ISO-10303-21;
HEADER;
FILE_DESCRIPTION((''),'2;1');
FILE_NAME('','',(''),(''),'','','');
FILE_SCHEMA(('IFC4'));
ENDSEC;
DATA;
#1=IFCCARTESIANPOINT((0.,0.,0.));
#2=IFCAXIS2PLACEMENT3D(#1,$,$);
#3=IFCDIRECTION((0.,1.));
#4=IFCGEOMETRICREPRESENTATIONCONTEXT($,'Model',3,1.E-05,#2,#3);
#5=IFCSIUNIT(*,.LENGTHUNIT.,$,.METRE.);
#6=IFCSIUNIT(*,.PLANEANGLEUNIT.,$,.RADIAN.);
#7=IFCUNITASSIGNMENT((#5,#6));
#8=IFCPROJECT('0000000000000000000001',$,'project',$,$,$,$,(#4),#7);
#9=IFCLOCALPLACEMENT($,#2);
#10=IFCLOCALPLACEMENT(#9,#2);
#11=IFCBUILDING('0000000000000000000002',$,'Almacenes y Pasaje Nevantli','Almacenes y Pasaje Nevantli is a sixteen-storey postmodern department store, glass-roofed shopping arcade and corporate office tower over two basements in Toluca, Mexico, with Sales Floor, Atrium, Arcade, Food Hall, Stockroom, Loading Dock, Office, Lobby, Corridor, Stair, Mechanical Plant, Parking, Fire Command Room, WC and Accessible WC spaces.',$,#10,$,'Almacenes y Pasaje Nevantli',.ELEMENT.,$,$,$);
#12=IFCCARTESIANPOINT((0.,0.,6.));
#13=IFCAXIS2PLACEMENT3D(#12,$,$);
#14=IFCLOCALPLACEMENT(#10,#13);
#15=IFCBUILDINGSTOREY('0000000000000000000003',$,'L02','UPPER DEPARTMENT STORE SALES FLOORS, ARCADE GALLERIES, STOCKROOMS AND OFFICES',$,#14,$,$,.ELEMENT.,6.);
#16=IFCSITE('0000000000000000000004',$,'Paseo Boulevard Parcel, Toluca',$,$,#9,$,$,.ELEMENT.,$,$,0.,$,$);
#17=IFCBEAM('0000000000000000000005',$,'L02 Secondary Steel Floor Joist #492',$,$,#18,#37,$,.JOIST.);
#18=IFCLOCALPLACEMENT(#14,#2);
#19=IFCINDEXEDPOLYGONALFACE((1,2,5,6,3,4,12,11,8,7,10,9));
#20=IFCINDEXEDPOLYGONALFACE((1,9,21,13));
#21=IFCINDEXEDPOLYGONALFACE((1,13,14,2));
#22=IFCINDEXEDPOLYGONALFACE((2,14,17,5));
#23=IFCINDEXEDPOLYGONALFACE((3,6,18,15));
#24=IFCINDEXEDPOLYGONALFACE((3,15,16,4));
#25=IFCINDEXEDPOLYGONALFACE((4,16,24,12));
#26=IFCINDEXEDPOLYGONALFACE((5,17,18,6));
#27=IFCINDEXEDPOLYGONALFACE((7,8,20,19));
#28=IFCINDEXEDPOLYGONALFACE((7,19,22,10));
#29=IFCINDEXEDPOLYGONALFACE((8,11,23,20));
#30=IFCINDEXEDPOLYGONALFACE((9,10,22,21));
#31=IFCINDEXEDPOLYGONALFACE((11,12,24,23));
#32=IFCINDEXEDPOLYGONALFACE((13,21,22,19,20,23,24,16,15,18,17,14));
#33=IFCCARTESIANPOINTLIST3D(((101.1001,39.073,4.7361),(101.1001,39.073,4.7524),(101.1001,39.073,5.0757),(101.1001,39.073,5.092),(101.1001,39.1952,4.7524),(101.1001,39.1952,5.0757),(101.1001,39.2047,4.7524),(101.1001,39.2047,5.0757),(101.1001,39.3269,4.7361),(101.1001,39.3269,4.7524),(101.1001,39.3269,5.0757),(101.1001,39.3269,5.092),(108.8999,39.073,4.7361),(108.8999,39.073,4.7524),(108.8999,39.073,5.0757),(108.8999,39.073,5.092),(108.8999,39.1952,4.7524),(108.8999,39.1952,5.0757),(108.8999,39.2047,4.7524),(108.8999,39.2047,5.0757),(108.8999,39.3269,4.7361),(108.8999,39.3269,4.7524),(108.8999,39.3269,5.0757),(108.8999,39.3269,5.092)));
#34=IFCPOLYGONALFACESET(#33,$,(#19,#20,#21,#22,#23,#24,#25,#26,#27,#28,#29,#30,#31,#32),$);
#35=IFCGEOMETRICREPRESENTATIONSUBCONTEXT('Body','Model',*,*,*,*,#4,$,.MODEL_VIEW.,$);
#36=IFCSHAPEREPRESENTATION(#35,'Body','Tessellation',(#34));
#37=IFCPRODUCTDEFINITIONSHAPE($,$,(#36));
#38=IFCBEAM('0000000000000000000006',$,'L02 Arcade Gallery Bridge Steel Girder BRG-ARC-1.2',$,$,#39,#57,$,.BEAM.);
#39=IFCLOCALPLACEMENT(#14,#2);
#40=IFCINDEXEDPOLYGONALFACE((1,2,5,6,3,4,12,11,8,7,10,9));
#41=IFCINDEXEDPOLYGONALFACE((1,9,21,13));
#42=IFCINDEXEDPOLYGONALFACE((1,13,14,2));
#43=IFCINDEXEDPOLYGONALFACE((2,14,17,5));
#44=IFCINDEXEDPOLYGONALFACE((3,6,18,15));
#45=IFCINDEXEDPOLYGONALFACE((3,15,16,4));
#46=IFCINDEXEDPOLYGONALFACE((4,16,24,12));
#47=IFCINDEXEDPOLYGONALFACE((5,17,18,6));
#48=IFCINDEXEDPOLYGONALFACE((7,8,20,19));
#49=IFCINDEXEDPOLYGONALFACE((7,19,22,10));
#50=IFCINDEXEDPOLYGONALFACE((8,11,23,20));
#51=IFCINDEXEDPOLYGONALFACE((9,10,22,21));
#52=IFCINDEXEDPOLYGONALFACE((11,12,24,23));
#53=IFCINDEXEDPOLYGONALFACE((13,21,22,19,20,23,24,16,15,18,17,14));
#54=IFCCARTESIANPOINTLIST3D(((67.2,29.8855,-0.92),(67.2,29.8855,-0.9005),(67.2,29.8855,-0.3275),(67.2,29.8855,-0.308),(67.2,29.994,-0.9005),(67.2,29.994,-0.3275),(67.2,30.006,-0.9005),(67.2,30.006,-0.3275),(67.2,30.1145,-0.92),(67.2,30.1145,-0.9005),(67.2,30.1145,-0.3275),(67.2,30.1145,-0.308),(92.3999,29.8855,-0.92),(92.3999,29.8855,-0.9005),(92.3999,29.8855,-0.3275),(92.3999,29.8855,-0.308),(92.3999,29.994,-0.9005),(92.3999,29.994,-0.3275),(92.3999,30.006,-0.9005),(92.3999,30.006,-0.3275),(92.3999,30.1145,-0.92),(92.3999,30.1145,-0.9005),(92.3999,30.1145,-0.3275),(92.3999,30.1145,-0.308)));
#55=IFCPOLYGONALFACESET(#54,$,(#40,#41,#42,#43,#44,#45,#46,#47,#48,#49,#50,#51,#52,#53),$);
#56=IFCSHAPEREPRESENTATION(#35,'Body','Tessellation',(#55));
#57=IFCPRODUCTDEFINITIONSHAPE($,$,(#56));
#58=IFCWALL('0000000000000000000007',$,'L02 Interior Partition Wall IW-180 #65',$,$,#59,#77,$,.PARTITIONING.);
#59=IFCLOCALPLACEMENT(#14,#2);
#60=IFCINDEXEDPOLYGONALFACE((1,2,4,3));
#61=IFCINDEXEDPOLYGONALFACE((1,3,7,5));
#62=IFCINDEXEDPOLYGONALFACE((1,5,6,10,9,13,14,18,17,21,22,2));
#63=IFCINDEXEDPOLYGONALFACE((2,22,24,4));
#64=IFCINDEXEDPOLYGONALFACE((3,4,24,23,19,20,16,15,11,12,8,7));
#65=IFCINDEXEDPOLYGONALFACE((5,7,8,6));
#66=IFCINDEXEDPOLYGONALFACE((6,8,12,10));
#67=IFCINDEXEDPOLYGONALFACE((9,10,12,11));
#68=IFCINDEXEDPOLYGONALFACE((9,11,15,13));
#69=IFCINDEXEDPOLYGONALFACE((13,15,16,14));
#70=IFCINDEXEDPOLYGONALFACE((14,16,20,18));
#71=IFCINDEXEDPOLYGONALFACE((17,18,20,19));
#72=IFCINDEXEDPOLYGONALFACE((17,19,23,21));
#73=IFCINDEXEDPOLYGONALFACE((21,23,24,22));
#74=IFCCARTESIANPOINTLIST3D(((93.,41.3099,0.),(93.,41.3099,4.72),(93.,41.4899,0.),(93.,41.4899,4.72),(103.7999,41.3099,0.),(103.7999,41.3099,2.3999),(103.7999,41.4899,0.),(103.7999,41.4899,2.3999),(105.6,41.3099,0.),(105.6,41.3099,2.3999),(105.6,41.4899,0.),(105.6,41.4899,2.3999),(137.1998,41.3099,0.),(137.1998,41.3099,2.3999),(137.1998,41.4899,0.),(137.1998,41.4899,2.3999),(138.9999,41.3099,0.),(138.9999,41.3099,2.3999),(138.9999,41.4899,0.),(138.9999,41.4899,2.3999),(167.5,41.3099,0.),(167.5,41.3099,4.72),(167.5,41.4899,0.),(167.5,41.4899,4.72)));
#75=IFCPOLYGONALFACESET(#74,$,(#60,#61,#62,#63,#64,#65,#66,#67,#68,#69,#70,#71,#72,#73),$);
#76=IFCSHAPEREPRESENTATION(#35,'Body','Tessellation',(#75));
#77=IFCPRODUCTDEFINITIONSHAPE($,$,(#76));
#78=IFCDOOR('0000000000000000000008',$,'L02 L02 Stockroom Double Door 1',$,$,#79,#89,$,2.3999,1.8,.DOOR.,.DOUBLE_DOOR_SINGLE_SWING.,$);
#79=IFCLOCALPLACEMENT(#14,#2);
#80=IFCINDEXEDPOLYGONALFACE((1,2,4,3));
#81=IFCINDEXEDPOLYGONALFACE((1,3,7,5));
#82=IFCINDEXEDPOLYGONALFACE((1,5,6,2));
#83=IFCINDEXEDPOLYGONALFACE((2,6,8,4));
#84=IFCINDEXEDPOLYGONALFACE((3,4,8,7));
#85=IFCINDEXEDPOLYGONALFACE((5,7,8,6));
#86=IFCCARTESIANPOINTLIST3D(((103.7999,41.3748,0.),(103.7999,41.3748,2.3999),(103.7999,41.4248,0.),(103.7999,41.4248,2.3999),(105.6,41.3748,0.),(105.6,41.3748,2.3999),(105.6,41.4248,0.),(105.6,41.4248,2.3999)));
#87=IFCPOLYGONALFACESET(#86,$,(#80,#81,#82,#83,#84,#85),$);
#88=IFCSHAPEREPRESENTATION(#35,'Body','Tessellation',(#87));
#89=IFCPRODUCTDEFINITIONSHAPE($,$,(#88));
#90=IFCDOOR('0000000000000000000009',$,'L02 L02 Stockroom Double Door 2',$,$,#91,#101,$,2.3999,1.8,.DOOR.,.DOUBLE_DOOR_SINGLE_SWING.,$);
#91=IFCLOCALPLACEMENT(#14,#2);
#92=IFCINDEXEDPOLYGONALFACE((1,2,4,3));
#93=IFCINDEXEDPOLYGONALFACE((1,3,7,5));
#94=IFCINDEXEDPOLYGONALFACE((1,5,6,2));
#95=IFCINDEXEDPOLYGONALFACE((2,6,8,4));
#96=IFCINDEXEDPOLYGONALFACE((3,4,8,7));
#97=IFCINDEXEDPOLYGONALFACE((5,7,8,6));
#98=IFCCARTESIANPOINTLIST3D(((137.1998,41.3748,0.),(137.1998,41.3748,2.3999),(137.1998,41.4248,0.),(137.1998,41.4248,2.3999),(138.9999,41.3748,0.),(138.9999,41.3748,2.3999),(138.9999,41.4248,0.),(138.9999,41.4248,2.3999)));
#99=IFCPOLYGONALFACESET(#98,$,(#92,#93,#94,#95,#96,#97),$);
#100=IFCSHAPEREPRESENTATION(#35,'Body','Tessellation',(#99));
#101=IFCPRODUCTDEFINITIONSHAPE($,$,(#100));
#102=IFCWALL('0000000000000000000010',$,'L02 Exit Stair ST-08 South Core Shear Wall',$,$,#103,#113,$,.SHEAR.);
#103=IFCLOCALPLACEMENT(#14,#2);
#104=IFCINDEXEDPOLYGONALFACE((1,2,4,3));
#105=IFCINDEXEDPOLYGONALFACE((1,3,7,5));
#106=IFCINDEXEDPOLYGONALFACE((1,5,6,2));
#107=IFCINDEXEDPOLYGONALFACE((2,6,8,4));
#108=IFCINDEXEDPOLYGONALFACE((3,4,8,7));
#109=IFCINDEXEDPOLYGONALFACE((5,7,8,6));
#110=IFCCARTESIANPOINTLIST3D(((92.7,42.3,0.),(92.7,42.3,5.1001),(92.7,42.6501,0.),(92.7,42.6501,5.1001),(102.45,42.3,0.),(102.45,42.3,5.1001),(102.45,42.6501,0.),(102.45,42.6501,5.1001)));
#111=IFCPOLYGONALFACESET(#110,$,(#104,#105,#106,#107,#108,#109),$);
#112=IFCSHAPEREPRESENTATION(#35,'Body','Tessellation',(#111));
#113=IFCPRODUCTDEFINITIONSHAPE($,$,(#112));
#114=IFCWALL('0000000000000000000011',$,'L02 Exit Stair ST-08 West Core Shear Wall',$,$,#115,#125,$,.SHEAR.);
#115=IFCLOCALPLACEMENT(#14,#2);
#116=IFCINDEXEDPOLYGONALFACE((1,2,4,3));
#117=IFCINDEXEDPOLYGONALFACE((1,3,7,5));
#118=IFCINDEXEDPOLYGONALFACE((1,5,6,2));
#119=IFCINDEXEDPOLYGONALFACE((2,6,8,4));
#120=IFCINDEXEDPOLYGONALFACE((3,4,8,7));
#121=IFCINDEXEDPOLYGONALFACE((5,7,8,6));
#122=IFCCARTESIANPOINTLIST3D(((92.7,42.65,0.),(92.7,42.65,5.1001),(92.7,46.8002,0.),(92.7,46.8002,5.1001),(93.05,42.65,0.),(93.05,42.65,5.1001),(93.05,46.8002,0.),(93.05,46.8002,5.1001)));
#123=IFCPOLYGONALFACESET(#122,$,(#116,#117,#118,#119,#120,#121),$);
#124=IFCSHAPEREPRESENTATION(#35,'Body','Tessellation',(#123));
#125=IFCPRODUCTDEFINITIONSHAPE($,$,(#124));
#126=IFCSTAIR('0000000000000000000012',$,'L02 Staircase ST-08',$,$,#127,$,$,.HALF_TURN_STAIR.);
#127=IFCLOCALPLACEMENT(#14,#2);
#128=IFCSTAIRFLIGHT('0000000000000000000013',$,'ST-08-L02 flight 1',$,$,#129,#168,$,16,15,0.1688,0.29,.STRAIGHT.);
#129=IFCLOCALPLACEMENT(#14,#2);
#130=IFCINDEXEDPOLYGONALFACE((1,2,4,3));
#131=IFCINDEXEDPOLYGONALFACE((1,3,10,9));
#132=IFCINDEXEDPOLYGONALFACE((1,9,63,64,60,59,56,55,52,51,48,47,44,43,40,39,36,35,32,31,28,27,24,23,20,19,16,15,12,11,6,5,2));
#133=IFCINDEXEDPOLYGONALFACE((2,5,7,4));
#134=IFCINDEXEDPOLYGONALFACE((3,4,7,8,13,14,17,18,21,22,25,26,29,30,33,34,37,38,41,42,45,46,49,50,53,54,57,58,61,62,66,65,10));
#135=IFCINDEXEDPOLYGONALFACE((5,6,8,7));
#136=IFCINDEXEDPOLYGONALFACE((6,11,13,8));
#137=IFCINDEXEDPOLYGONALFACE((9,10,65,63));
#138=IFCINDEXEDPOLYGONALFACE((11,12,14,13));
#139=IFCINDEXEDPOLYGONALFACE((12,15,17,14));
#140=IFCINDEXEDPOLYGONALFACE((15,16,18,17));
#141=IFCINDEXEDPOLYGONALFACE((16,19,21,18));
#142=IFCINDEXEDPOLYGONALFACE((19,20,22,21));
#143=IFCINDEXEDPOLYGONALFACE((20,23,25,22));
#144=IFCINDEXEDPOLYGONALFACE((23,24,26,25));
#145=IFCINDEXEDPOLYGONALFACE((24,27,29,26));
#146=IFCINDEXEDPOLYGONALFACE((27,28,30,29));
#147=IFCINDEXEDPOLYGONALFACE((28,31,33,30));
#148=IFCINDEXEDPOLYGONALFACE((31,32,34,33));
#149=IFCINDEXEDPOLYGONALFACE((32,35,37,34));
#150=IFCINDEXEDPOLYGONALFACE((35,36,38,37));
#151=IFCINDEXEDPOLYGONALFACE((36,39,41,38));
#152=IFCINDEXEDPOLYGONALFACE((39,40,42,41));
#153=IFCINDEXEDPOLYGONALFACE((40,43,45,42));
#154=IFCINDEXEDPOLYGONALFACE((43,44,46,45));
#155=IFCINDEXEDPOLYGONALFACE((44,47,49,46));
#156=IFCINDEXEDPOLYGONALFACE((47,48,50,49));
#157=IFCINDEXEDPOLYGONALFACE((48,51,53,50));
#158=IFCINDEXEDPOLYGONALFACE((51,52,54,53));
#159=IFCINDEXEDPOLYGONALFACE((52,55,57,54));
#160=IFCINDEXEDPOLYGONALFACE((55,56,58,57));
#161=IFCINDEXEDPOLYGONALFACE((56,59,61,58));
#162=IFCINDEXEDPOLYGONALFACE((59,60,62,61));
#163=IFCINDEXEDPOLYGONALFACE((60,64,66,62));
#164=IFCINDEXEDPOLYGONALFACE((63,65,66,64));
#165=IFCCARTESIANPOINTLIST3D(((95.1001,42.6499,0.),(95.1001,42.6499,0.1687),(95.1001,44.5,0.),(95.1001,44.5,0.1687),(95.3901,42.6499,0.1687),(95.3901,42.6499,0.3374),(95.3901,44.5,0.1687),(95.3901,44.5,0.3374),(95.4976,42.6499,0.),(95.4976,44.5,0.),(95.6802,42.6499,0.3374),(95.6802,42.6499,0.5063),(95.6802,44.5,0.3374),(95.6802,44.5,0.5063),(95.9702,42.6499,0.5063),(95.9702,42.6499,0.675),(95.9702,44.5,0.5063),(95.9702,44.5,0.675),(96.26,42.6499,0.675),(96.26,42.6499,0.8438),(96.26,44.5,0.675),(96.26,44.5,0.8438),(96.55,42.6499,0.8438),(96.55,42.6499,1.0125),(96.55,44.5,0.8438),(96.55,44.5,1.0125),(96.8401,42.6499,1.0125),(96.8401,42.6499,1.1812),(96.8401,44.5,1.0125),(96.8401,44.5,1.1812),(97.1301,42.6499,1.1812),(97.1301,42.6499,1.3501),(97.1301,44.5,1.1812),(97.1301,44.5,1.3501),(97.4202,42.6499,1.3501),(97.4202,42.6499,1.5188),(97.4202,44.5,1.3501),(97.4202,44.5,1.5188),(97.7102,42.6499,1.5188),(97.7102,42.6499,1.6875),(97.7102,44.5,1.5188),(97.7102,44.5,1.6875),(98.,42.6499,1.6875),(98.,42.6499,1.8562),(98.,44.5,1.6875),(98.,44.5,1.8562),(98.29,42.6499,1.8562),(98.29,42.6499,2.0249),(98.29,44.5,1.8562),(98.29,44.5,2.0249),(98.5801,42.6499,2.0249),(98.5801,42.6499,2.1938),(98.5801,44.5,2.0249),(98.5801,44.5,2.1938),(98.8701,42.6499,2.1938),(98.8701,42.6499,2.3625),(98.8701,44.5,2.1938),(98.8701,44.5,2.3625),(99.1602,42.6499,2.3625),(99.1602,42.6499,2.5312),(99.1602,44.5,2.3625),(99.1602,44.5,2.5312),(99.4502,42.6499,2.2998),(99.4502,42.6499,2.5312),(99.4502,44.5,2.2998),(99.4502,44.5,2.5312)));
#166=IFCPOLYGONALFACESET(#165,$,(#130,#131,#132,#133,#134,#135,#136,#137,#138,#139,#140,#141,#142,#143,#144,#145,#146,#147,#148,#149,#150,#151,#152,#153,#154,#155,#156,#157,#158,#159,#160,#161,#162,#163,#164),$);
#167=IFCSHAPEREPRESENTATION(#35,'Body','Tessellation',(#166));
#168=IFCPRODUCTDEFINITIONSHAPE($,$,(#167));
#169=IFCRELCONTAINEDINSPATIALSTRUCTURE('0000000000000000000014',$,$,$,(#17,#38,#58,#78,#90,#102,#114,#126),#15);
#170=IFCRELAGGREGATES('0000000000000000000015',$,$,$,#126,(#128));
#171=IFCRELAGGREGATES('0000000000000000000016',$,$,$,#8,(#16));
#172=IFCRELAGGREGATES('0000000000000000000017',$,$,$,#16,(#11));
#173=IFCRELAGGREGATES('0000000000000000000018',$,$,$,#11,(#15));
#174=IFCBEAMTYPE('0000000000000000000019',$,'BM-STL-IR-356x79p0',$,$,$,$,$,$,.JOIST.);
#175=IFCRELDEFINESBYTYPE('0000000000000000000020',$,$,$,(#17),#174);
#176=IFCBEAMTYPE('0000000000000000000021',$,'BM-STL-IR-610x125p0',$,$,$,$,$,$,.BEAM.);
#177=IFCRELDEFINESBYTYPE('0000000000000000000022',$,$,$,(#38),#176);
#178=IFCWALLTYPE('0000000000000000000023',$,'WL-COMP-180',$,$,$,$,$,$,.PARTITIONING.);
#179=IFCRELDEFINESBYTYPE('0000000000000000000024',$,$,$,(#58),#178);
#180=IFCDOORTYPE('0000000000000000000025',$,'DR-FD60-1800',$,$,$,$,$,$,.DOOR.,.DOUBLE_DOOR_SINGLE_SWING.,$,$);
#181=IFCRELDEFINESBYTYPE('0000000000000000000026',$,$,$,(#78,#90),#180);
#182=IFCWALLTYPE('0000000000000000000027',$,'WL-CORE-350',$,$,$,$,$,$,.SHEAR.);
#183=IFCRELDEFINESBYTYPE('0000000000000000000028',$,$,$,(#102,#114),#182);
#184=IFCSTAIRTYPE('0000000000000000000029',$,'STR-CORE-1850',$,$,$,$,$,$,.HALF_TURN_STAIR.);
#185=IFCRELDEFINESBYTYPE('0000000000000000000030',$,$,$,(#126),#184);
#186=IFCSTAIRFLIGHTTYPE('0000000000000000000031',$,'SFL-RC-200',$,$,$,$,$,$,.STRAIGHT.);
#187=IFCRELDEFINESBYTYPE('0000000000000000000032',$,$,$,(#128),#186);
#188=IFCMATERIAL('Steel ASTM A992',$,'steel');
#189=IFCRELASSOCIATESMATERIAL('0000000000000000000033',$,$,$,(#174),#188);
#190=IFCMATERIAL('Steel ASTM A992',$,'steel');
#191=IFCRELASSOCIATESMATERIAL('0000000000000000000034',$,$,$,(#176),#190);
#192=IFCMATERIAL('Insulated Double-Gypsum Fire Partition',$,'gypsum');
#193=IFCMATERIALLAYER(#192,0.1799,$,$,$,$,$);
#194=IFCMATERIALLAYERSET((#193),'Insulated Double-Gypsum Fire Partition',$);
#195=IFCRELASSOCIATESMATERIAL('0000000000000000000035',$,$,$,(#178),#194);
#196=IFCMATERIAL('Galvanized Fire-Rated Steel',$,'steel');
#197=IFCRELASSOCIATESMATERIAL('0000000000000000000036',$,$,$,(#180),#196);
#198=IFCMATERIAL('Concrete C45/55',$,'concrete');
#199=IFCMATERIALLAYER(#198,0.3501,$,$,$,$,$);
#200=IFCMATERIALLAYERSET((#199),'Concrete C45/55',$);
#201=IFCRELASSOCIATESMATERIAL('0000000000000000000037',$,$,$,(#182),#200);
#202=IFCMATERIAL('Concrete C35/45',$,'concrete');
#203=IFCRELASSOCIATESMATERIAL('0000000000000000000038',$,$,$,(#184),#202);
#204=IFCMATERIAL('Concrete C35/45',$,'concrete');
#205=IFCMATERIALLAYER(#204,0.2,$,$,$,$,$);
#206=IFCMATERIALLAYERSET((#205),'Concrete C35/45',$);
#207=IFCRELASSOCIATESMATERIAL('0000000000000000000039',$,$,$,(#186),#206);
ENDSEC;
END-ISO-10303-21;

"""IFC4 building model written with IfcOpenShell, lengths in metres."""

from ifc_helpers import new_model, si_unit, direction, frame, frame_2d, origin, origin_2d, place, context, subcontext, project, spatial, polyline, rectangle, i_section, outline, extrude, material, layer, layer_set, material_profile, profile_set, type_object, element, fill, aggregate, save


model = new_model("IFC4")

# Units and contexts
model_context = context("Model", 3, precision=1e-05, world=origin(), true_north=direction((0.0, 1.0)))
body_context = subcontext(model_context, "Body", "Model", "MODEL_VIEW")
ifc_project = project(units=[si_unit("LENGTHUNIT", "METRE"), si_unit("PLANEANGLEUNIT", "RADIAN")], contexts=[model_context])

# Site, building, storey
site_placement = place(None, origin())
site = spatial("IfcSite", under=ifc_project, at=site_placement, Name="Paseo Boulevard Parcel, Toluca", CompositionType="ELEMENT", RefElevation=0.0)
building_placement = place(site_placement, origin())
building = spatial("IfcBuilding", under=site, at=building_placement, Name="Almacenes y Pasaje Nevantli", Description="Almacenes y Pasaje Nevantli is a sixteen-storey postmodern department store, glass-roofed shopping arcade and corporate office tower over two basements in Toluca, Mexico, with Sales Floor, Atrium, Arcade, Food Hall, Stockroom, Loading Dock, Office, Lobby, Corridor, Stair, Mechanical Plant, Parking, Fire Command Room, WC and Accessible WC spaces.", LongName="Almacenes y Pasaje Nevantli", CompositionType="ELEMENT")
storey_placement = place(building_placement, frame((0.0, 0.0, 6.0)))
storey = spatial("IfcBuildingStorey", under=building, at=storey_placement, Name="L02", Description="UPPER DEPARTMENT STORE SALES FLOORS, ARCADE GALLERIES, STOCKROOMS AND OFFICES", CompositionType="ELEMENT", Elevation=6.0)

# Beams
ifc_material_1 = material(Name="Steel ASTM A992", Category="steel")
ifc_material_profile_1 = material_profile(ifc_material_1, i_section(OverallWidth=0.2539, OverallDepth=0.356, WebThickness=0.0095, FlangeThickness=0.0164, at=origin_2d()), Name="IR 356x79.0")
ifc_profile_set_1 = profile_set([ifc_material_profile_1], Name="Steel ASTM A992")
beam_type_1 = type_object("IfcBeamType", Name="BM-STL-IR-356x79p0", PredefinedType="JOIST", material=ifc_profile_set_1)
for number, where, z_axis, x_axis, name in (
    (1, (101.1001, 39.2, 4.9141), (1.0, 0.0, 0.0), (0.0, 1.0, 0.0), "L02 Secondary Steel Floor Joist #492"),
):
    element("IfcBeam", number, at=place(storey_placement, frame(where, z_axis=z_axis, x_axis=x_axis)), inside=storey, type_object=beam_type_1, Name=name, PredefinedType="JOIST", context=body_context, shape_type="SweptSolid", body=[
        extrude(i_section(OverallWidth=0.2539, OverallDepth=0.356, WebThickness=0.0095, FlangeThickness=0.0164, at=origin_2d()), origin(), (0.0, 0.0, 1.0), 7.7998),
    ])
ifc_material_2 = material(Name="Steel ASTM A992", Category="steel")
ifc_material_profile_2 = material_profile(ifc_material_2, i_section(OverallWidth=0.229, OverallDepth=0.6121, WebThickness=0.012, FlangeThickness=0.0195, at=origin_2d()), Name="IR 610x125.0")
ifc_profile_set_2 = profile_set([ifc_material_profile_2], Name="Steel ASTM A992")
beam_type_2 = type_object("IfcBeamType", Name="BM-STL-IR-610x125p0", PredefinedType="BEAM", material=ifc_profile_set_2)
beam_1_placement = place(storey_placement, frame((67.2, 30.0, -0.614), z_axis=(1.0, 0.0, 0.0), x_axis=(0.0, 1.0, 0.0)))
element("IfcBeam", 2, at=beam_1_placement, inside=storey, type_object=beam_type_2, Name="L02 Arcade Gallery Bridge Steel Girder BRG-ARC-1.2", PredefinedType="BEAM", context=body_context, shape_type="SweptSolid", body=[
    extrude(i_section(OverallWidth=0.229, OverallDepth=0.6121, WebThickness=0.012, FlangeThickness=0.0195, at=origin_2d()), origin(), (0.0, 0.0, 1.0), 25.2),
])

# Wall, openings, doors
ifc_material_3 = material(Name="Insulated Double-Gypsum Fire Partition", Category="gypsum")
ifc_layer_1 = layer(ifc_material_3, 0.1799)
ifc_layer_set_1 = layer_set([ifc_layer_1], Name="Insulated Double-Gypsum Fire Partition")
wall_type_1 = type_object("IfcWallType", Name="WL-COMP-180", PredefinedType="PARTITIONING", material=ifc_layer_set_1)
wall_1_placement = place(storey_placement, frame((93.0, 41.3999, 0.0), z_axis=(0.0, 0.0, 1.0), x_axis=(1.0, 0.0, 0.0)))
wall_1 = element("IfcWall", 3, at=wall_1_placement, inside=storey, type_object=wall_type_1, Name="L02 Interior Partition Wall IW-180 #65", PredefinedType="PARTITIONING", context=body_context, shape_type="SweptSolid", body=[
    extrude(rectangle(XDim=74.5, YDim=0.1799, at=frame_2d((37.25, 0.0))), origin(), (0.0, 0.0, 1.0), 4.72),
])
opening_1_placement = place(wall_1_placement, frame((10.8, 0.0, 0.0)))
opening_1 = element("IfcOpeningElement", 4, at=opening_1_placement, cuts=wall_1, PredefinedType="OPENING", context=body_context, shape_type="SweptSolid", body=[
    extrude(rectangle(XDim=1.8, YDim=2.3999, at=frame_2d((0.8999, 1.2))), frame((0.0, 0.0999, 0.0), z_axis=(0.0, -1.0, 0.0), x_axis=(1.0, 0.0, 0.0)), (0.0, 0.0, 1.0), 0.2),
])
opening_2_placement = place(wall_1_placement, frame((44.2, 0.0, 0.0)))
opening_2 = element("IfcOpeningElement", 5, at=opening_2_placement, cuts=wall_1, PredefinedType="OPENING", context=body_context, shape_type="SweptSolid", body=[
    extrude(rectangle(XDim=1.8, YDim=2.3999, at=frame_2d((0.8999, 1.2))), frame((0.0, 0.0999, 0.0), z_axis=(0.0, -1.0, 0.0), x_axis=(1.0, 0.0, 0.0)), (0.0, 0.0, 1.0), 0.2),
])
ifc_material_4 = material(Name="Galvanized Fire-Rated Steel", Category="steel")
door_type = type_object("IfcDoorType", Name="DR-FD60-1800", OperationType="DOUBLE_DOOR_SINGLE_SWING", PredefinedType="DOOR", material=ifc_material_4)
door_1_placement = place(opening_1_placement, origin())
door_1 = element("IfcDoor", 6, at=door_1_placement, inside=storey, type_object=door_type, Name="L02 L02 Stockroom Double Door 1", OperationType="DOUBLE_DOOR_SINGLE_SWING", OverallHeight=2.3999, OverallWidth=1.8, PredefinedType="DOOR", context=body_context, shape_type="SweptSolid", body=[
    extrude(rectangle(XDim=1.8, YDim=2.3999, at=frame_2d((0.8999, 1.2))), frame((0.0, 0.0249, 0.0), z_axis=(0.0, -1.0, 0.0), x_axis=(1.0, 0.0, 0.0)), (0.0, 0.0, 1.0), 0.05),
])
fill(opening_1, door_1)
door_2_placement = place(opening_2_placement, origin())
door_2 = element("IfcDoor", 7, at=door_2_placement, inside=storey, type_object=door_type, Name="L02 L02 Stockroom Double Door 2", OperationType="DOUBLE_DOOR_SINGLE_SWING", OverallHeight=2.3999, OverallWidth=1.8, PredefinedType="DOOR", context=body_context, shape_type="SweptSolid", body=[
    extrude(rectangle(XDim=1.8, YDim=2.3999, at=frame_2d((0.8999, 1.2))), frame((0.0, 0.0249, 0.0), z_axis=(0.0, -1.0, 0.0), x_axis=(1.0, 0.0, 0.0)), (0.0, 0.0, 1.0), 0.05),
])
fill(opening_2, door_2)

# Walls
ifc_material_5 = material(Name="Concrete C45/55", Category="concrete")
ifc_layer_2 = layer(ifc_material_5, 0.3501)
ifc_layer_set_2 = layer_set([ifc_layer_2], Name="Concrete C45/55")
wall_type_2 = type_object("IfcWallType", Name="WL-CORE-350", PredefinedType="SHEAR", material=ifc_layer_set_2)
wall_2_placement = place(storey_placement, frame((92.7, 42.4751, 0.0), z_axis=(0.0, 0.0, 1.0), x_axis=(1.0, 0.0, 0.0)))
element("IfcWall", 8, at=wall_2_placement, inside=storey, type_object=wall_type_2, Name="L02 Exit Stair ST-08 South Core Shear Wall", PredefinedType="SHEAR", context=body_context, shape_type="SweptSolid", body=[
    extrude(rectangle(XDim=9.75, YDim=0.3501, at=frame_2d((4.875, 0.0))), origin(), (0.0, 0.0, 1.0), 5.1001),
])
wall_3_placement = place(storey_placement, frame((92.875, 42.6499, 0.0), z_axis=(0.0, 0.0, 1.0), x_axis=(0.0, 1.0, 0.0)))
element("IfcWall", 9, at=wall_3_placement, inside=storey, type_object=wall_type_2, Name="L02 Exit Stair ST-08 West Core Shear Wall", PredefinedType="SHEAR", context=body_context, shape_type="SweptSolid", body=[
    extrude(rectangle(XDim=4.1501, YDim=0.3501, at=frame_2d((2.0752, 0.0))), origin(), (0.0, 0.0, 1.0), 5.1001),
])

# Stair, stair flight
ifc_material_6 = material(Name="Concrete C35/45", Category="concrete")
stair_type = type_object("IfcStairType", Name="STR-CORE-1850", PredefinedType="HALF_TURN_STAIR", material=ifc_material_6)
stair_placement = place(storey_placement, origin())
stair = element("IfcStair", 10, at=stair_placement, inside=storey, type_object=stair_type, Name="L02 Staircase ST-08", PredefinedType="HALF_TURN_STAIR")
ifc_material_7 = material(Name="Concrete C35/45", Category="concrete")
ifc_layer_3 = layer(ifc_material_7, 0.2)
ifc_layer_set_3 = layer_set([ifc_layer_3], Name="Concrete C35/45")
stair_flight_type = type_object("IfcStairFlightType", Name="SFL-RC-200", PredefinedType="STRAIGHT", material=ifc_layer_set_3)
stair_flight_1_placement = place(storey_placement, frame((95.1001, 43.575, 0.0), z_axis=(0.0, 0.0, 1.0), x_axis=(1.0, 0.0, 0.0)))
stair_flight_1 = element("IfcStairFlight", 11, at=stair_flight_1_placement, type_object=stair_flight_type, Name="ST-08-L02 flight 1", NumberOfRisers=16, NumberOfTreads=15, PredefinedType="STRAIGHT", RiserHeight=0.1688, TreadLength=0.29, context=body_context, shape_type="SweptSolid", body=[
    extrude(outline(polyline([(0.0, 0.0), (0.0, 0.1687), (0.29, 0.1687), (0.29, 0.3374), (0.5801, 0.3374), (0.5801, 0.5063), (0.8701, 0.5063), (0.8701, 0.675), (1.1599, 0.675), (1.1599, 0.8438), (1.45, 0.8438), (1.45, 1.0125), (1.74, 1.0125), (1.74, 1.1812), (2.03, 1.1812), (2.03, 1.3501), (2.3201, 1.3501), (2.3201, 1.5188), (2.6101, 1.5188), (2.6101, 1.6875), (2.8999, 1.6875), (2.8999, 1.8562), (3.1899, 1.8562), (3.1899, 2.0249), (3.48, 2.0249), (3.48, 2.1938), (3.77, 2.1938), (3.77, 2.3625), (4.0601, 2.3625), (4.0601, 2.5312), (4.3501, 2.5312), (4.3501, 2.7), (4.3501, 2.2998), (0.3975, 0.0), (0.0, 0.0)])), frame((0.0, 0.925, 0.0), z_axis=(0.0, -1.0, 0.0), x_axis=(1.0, 0.0, 0.0)), (0.0, 0.0, 1.0), 1.8501),
])
aggregate(stair, [stair_flight_1])

save(model, "model.ifc")
